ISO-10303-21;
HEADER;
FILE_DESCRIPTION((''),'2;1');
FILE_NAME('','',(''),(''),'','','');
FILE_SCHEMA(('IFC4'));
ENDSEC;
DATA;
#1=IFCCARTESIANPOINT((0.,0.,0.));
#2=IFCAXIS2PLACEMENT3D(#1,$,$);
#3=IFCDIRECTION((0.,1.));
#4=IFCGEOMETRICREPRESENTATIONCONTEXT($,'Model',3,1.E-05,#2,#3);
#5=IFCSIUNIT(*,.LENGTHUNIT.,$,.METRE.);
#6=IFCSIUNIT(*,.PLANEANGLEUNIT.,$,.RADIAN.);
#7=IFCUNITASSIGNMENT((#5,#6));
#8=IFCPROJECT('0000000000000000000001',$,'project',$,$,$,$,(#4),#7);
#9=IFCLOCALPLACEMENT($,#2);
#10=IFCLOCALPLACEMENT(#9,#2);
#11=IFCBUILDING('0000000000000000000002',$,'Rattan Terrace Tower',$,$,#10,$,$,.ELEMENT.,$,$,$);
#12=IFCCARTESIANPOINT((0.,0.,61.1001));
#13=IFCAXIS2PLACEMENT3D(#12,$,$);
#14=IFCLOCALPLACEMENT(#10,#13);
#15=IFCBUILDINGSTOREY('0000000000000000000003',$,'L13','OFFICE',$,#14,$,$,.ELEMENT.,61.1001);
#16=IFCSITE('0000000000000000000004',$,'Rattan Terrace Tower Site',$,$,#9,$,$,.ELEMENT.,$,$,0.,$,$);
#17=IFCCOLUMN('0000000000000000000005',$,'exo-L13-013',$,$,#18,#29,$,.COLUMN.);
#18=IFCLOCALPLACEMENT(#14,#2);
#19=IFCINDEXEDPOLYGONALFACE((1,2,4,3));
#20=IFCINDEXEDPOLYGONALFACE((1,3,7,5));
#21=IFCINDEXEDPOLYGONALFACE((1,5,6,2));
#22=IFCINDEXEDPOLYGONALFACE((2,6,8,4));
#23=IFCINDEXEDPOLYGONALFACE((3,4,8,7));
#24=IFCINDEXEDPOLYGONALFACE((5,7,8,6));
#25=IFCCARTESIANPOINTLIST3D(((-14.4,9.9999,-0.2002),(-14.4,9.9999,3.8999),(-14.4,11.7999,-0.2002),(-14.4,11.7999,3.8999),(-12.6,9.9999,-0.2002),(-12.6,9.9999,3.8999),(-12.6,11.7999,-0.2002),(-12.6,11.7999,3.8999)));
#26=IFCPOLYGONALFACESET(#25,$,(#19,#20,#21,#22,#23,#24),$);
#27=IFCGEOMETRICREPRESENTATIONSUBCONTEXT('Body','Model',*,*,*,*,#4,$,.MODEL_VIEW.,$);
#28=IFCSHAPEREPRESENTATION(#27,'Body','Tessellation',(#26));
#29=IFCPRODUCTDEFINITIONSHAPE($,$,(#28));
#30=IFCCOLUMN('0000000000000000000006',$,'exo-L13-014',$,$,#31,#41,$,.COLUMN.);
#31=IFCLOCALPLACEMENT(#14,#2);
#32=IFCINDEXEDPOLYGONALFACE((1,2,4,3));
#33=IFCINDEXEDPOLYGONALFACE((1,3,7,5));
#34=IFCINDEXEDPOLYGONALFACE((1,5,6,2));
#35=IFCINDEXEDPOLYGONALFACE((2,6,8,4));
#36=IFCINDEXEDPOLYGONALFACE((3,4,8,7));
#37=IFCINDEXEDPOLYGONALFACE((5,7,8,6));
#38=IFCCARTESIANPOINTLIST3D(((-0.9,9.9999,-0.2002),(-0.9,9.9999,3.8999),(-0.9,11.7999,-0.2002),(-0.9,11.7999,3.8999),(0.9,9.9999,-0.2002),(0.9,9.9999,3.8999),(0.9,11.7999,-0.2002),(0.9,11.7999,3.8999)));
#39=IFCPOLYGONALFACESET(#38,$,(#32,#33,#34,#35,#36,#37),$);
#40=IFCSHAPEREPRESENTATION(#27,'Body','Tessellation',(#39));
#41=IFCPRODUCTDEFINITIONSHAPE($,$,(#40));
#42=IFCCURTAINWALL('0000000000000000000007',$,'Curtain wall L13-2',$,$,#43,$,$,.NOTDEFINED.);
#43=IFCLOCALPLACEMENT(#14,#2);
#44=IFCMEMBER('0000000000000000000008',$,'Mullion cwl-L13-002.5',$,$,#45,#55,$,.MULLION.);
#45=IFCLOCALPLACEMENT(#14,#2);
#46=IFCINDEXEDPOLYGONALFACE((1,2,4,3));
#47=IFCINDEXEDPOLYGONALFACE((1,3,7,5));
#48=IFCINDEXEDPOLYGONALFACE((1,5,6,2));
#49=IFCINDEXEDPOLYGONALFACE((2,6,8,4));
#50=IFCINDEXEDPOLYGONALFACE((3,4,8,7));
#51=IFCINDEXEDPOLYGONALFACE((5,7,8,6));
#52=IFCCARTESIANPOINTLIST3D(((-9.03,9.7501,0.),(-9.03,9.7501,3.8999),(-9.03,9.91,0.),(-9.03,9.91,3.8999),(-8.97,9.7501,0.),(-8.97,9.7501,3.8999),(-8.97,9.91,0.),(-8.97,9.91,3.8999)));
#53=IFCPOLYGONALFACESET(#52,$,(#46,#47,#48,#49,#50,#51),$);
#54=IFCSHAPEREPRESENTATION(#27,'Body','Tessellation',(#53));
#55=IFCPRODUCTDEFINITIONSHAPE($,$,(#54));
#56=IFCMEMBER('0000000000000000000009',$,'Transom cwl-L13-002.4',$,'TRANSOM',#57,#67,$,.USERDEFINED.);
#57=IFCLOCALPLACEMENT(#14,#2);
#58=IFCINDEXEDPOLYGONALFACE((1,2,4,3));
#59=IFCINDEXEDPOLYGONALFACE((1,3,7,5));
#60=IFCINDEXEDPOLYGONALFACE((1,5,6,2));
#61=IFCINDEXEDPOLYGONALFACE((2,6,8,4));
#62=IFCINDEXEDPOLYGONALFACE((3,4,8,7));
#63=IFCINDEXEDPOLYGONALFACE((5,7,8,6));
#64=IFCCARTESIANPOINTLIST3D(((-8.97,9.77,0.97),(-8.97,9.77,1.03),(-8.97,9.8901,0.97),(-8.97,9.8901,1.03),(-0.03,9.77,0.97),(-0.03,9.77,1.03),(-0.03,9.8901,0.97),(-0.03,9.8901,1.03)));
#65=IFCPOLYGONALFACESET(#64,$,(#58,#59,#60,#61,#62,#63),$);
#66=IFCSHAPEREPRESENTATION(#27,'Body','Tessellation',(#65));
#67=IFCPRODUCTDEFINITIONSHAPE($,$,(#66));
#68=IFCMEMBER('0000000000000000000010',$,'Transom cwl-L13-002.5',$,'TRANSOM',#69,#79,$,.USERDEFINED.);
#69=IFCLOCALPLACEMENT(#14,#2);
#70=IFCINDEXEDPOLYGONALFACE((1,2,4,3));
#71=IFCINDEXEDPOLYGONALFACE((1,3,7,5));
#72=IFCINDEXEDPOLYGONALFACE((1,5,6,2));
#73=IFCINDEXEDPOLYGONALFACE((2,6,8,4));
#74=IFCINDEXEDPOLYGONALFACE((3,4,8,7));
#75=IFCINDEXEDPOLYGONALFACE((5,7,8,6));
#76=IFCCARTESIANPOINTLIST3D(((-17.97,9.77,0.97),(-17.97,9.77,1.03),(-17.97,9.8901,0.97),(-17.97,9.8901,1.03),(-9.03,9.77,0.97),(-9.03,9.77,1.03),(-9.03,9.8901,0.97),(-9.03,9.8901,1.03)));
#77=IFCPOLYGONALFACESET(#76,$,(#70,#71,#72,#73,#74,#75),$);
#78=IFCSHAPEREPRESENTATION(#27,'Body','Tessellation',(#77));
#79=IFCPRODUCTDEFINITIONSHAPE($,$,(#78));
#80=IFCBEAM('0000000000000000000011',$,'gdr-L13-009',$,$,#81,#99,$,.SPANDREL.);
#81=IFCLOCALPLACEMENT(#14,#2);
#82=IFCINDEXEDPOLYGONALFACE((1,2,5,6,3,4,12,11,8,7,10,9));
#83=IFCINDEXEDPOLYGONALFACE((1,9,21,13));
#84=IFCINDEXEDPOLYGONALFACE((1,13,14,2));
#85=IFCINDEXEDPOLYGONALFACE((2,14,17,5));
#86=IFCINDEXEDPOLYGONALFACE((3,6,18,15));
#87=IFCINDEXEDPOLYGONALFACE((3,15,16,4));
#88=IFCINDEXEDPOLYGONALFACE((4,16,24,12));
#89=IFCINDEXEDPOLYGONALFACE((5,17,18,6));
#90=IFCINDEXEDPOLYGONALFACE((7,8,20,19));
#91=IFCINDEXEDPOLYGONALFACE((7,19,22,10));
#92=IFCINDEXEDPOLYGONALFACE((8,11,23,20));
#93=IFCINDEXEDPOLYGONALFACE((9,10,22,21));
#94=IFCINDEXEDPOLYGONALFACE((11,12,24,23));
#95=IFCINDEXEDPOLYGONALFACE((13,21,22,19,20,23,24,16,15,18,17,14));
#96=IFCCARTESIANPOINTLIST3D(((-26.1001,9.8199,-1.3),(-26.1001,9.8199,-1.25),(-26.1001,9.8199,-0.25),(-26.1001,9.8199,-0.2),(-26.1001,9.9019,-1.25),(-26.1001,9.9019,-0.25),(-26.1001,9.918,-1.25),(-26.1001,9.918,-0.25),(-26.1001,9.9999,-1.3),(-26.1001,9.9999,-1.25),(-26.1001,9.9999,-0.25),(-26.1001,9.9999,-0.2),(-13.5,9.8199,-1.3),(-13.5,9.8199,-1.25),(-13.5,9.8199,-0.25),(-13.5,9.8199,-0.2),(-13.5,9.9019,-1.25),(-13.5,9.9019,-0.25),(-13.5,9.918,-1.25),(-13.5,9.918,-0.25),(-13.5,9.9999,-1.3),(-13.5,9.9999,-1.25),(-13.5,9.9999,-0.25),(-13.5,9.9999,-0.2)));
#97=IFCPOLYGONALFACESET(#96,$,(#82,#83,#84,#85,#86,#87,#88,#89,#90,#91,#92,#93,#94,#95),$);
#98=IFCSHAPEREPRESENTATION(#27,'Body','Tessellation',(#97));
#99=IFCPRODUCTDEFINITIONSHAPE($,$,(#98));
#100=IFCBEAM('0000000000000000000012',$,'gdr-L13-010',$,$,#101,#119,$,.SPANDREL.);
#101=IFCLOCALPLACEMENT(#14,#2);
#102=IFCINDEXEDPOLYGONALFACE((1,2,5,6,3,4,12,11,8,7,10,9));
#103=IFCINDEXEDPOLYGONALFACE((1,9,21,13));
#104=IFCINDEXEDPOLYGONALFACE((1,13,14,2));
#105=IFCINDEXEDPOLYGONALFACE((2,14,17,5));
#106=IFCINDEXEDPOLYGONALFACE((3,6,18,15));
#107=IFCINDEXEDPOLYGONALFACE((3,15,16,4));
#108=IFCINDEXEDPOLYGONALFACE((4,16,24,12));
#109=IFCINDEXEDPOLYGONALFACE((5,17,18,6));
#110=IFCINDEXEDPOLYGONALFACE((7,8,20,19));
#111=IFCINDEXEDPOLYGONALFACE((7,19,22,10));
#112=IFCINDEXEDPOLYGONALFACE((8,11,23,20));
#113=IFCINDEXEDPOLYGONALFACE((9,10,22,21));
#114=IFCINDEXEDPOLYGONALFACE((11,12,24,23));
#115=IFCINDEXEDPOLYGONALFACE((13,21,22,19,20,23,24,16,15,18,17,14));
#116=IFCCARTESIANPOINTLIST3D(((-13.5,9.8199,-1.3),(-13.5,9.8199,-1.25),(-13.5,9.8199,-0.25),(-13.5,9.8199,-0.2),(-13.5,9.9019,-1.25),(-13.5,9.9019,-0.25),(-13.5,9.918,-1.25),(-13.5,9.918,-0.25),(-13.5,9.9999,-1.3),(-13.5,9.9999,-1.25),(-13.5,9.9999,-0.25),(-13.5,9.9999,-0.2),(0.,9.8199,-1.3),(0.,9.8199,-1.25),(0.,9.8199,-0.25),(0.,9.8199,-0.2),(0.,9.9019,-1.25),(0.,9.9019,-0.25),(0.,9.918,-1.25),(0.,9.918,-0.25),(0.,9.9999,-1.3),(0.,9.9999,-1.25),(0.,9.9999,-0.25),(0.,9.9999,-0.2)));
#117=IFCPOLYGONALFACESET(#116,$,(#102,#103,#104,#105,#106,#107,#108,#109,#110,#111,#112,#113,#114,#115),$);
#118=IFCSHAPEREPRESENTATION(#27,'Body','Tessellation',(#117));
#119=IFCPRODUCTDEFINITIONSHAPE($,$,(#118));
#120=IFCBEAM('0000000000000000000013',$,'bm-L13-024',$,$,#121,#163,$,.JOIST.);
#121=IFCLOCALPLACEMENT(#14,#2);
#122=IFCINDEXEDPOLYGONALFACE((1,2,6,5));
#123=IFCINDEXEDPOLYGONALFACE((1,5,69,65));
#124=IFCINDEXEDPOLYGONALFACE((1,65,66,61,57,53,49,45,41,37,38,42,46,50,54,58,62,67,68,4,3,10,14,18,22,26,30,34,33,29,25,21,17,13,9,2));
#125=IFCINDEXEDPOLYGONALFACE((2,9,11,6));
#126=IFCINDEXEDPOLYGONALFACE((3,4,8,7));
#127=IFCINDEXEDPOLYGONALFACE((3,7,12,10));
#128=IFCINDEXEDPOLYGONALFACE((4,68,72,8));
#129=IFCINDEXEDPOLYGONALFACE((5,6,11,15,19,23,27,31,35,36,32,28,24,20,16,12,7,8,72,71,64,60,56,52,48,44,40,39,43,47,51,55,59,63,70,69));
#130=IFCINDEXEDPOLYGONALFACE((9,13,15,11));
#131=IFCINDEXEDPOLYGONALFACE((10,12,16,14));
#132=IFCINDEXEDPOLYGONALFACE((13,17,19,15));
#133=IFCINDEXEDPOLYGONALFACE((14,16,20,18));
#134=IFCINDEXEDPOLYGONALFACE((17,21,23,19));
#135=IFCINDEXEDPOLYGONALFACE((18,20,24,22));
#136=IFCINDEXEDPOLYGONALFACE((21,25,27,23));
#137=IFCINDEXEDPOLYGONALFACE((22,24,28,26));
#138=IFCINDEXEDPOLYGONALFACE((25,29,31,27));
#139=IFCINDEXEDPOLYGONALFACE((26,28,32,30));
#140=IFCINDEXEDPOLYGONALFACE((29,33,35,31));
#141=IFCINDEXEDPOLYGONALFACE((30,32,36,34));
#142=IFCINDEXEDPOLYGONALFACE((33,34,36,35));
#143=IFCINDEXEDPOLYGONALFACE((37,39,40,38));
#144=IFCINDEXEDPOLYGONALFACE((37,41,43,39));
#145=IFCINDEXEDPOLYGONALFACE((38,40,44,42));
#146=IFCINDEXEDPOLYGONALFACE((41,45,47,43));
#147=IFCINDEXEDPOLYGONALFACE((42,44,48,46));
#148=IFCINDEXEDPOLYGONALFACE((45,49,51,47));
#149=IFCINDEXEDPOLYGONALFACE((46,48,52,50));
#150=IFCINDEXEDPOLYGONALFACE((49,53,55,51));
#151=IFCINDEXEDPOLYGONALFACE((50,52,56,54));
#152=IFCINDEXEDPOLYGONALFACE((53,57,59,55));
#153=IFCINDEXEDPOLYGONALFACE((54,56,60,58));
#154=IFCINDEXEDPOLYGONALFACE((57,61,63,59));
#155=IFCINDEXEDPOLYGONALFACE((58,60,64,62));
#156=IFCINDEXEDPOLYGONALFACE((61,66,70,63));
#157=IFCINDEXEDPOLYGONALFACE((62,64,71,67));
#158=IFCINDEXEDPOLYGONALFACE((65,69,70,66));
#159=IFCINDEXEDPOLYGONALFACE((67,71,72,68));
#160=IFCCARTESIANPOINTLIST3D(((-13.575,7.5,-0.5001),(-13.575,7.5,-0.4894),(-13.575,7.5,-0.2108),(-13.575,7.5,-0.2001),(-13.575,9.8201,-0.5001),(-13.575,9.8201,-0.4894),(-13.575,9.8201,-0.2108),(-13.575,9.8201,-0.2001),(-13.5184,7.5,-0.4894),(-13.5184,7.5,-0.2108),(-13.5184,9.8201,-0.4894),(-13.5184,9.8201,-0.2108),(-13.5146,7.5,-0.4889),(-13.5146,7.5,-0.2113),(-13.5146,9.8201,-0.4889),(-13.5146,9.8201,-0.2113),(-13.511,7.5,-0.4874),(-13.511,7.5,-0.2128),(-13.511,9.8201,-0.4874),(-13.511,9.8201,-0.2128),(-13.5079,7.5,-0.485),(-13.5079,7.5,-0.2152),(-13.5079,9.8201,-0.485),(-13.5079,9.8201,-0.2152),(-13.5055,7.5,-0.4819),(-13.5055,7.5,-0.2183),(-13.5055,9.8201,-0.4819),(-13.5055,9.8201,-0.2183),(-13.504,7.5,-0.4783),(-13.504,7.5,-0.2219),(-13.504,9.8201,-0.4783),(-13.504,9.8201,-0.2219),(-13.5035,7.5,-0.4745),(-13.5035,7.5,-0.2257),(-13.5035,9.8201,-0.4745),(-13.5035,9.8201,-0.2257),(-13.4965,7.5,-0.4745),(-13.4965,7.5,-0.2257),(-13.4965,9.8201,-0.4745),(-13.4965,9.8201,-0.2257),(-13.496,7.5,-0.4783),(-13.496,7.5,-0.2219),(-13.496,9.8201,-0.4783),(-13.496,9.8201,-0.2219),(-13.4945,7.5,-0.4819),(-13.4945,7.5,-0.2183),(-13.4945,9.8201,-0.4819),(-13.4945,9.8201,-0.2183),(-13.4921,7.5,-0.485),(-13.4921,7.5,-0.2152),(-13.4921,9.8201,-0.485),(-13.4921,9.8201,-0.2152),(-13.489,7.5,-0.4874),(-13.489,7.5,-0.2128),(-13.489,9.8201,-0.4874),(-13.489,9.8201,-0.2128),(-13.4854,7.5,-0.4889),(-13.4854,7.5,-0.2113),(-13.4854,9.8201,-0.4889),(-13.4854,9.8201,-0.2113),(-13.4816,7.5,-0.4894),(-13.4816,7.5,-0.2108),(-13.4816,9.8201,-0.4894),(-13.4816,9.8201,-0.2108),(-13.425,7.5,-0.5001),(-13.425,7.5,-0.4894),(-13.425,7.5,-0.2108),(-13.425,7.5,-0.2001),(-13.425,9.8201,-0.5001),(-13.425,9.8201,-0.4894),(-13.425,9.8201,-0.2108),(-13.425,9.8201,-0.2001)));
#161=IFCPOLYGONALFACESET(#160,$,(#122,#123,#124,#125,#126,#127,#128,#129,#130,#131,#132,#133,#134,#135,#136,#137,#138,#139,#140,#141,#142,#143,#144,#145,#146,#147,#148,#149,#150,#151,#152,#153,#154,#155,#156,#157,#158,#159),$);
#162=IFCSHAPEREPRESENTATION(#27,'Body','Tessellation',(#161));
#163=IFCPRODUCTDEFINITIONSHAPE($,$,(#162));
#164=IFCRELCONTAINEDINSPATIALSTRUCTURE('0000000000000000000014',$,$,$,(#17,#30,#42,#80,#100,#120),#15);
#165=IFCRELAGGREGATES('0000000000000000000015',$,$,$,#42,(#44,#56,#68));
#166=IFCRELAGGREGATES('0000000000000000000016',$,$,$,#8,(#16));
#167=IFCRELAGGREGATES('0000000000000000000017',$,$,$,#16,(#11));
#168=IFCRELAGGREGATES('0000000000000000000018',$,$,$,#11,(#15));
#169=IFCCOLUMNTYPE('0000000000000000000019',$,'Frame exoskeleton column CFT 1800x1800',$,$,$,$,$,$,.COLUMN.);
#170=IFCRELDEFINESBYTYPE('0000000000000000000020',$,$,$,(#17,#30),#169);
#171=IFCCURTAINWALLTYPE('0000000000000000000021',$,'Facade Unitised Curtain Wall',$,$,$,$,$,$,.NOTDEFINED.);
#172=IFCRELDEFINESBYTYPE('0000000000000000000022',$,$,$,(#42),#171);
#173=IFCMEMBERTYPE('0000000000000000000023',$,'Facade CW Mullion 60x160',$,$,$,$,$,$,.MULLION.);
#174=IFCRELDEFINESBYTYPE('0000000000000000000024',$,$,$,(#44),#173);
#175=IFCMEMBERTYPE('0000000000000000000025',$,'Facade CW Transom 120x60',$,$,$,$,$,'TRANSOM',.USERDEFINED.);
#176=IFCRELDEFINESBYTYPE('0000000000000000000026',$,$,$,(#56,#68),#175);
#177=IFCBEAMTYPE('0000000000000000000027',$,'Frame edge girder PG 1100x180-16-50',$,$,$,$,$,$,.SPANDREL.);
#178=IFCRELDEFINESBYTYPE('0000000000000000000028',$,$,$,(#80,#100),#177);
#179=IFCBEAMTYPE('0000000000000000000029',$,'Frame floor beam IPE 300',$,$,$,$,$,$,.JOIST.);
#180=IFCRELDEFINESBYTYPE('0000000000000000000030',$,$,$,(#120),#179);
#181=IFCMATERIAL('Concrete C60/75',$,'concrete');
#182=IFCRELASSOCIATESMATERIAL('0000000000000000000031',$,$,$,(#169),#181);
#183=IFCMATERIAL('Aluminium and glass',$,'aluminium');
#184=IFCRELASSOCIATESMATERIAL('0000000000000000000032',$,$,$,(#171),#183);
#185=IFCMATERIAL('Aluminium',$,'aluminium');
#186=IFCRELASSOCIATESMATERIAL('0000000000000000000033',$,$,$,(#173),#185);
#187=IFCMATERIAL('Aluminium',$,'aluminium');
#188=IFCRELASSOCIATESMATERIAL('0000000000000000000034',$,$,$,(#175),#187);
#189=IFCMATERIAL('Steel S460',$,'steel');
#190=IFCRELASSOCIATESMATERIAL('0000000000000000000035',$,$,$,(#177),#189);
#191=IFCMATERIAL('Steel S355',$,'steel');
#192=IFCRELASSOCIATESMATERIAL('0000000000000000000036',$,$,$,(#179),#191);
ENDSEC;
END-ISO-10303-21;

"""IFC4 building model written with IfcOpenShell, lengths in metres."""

from ifc_helpers import new_model, si_unit, direction, frame, origin, origin_2d, place, context, subcontext, project, spatial, rectangle, i_section, extrude, material, material_profile, profile_set, type_object, element, aggregate, save


model = new_model("IFC4")

# Units and contexts
model_context = context("Model", 3, precision=1e-05, world=origin(), true_north=direction((0.0, 1.0)))
body_context = subcontext(model_context, "Body", "Model", "MODEL_VIEW")
ifc_project = project(units=[si_unit("LENGTHUNIT", "METRE"), si_unit("PLANEANGLEUNIT", "RADIAN")], contexts=[model_context])

# Site, building, storey
site_placement = place(None, origin())
site = spatial("IfcSite", under=ifc_project, at=site_placement, Name="Rattan Terrace Tower Site", CompositionType="ELEMENT", RefElevation=0.0)
building_placement = place(site_placement, origin())
building = spatial("IfcBuilding", under=site, at=building_placement, Name="Rattan Terrace Tower", CompositionType="ELEMENT")
storey_placement = place(building_placement, frame((0.0, 0.0, 61.1001)))
storey = spatial("IfcBuildingStorey", under=building, at=storey_placement, Name="L13", Description="OFFICE", CompositionType="ELEMENT", Elevation=61.1001)

# Columns
ifc_material_1 = material(Name="Concrete C60/75", Category="concrete")
ifc_material_profile_1 = material_profile(ifc_material_1, rectangle(XDim=1.8, YDim=1.8, at=origin_2d()), Name="CFT 1800x1800")
ifc_profile_set_1 = profile_set([ifc_material_profile_1], Name="Concrete C60/75")
column_type = type_object("IfcColumnType", Name="Frame exoskeleton column CFT 1800x1800", PredefinedType="COLUMN", material=ifc_profile_set_1)
for number, where, z_axis, x_axis, name in (
    (1, (-13.5, 10.8999, -0.2002), (0.0, 0.0, 1.0), (1.0, 0.0, 0.0), "exo-L13-013"),
    (2, (0.0, 10.8999, -0.2002), (0.0, 0.0, 1.0), (1.0, 0.0, 0.0), "exo-L13-014"),
):
    element("IfcColumn", number, at=place(storey_placement, frame(where, z_axis=z_axis, x_axis=x_axis)), inside=storey, type_object=column_type, Name=name, PredefinedType="COLUMN", context=body_context, shape_type="SweptSolid", body=[
        extrude(rectangle(XDim=1.8, YDim=1.8, at=origin_2d()), origin(), (0.0, 0.0, 1.0), 4.1001),
    ])

# Curtain wall, members
ifc_material_2 = material(Name="Aluminium and glass", Category="aluminium")
curtain_wall_type = type_object("IfcCurtainWallType", Name="Facade Unitised Curtain Wall", PredefinedType="NOTDEFINED", material=ifc_material_2)
curtain_wall_placement = place(storey_placement, origin())
curtain_wall = element("IfcCurtainWall", 3, at=curtain_wall_placement, inside=storey, type_object=curtain_wall_type, Name="Curtain wall L13-2", PredefinedType="NOTDEFINED")
ifc_material_3 = material(Name="Aluminium", Category="aluminium")
ifc_material_profile_2 = material_profile(ifc_material_3, rectangle(XDim=0.0601, YDim=0.1599, at=origin_2d()), Name="Aluminium 60x160")
ifc_profile_set_2 = profile_set([ifc_material_profile_2], Name="Aluminium")
member_type_1 = type_object("IfcMemberType", Name="Facade CW Mullion 60x160", PredefinedType="MULLION", material=ifc_profile_set_2)
member_1_placement = place(storey_placement, frame((-9.0, 9.8301, 0.0), z_axis=(0.0, 0.0, 1.0), x_axis=(-1.0, 0.0, 0.0)))
member_1 = element("IfcMember", 4, at=member_1_placement, type_object=member_type_1, Name="Mullion cwl-L13-002.5", PredefinedType="MULLION", context=body_context, shape_type="SweptSolid", body=[
    extrude(rectangle(XDim=0.0601, YDim=0.1599, at=origin_2d()), origin(), (0.0, 0.0, 1.0), 3.8999),
])
ifc_material_4 = material(Name="Aluminium", Category="aluminium")
ifc_material_profile_3 = material_profile(ifc_material_4, rectangle(XDim=0.1201, YDim=0.0601, at=origin_2d()), Name="Aluminium 120x60")
ifc_profile_set_3 = profile_set([ifc_material_profile_3], Name="Aluminium")
member_type_2 = type_object("IfcMemberType", Name="Facade CW Transom 120x60", ElementType="TRANSOM", PredefinedType="USERDEFINED", material=ifc_profile_set_3)
member_2_placement = place(storey_placement, frame((-0.03, 9.8301, 1.0), z_axis=(-1.0, 0.0, 0.0), x_axis=(0.0, -1.0, 0.0)))
member_2 = element("IfcMember", 5, at=member_2_placement, type_object=member_type_2, Name="Transom cwl-L13-002.4", ObjectType="TRANSOM", PredefinedType="USERDEFINED", context=body_context, shape_type="SweptSolid", body=[
    extrude(rectangle(XDim=0.1201, YDim=0.0601, at=origin_2d()), origin(), (0.0, 0.0, 1.0), 8.9399),
])
member_3_placement = place(storey_placement, frame((-9.03, 9.8301, 1.0), z_axis=(-1.0, 0.0, 0.0), x_axis=(0.0, -1.0, 0.0)))
member_3 = element("IfcMember", 6, at=member_3_placement, type_object=member_type_2, Name="Transom cwl-L13-002.5", ObjectType="TRANSOM", PredefinedType="USERDEFINED", context=body_context, shape_type="SweptSolid", body=[
    extrude(rectangle(XDim=0.1201, YDim=0.0601, at=origin_2d()), origin(), (0.0, 0.0, 1.0), 8.9399),
])

# Beams
ifc_material_5 = material(Name="Steel S460", Category="steel")
ifc_material_profile_4 = material_profile(ifc_material_5, i_section(OverallWidth=0.1799, OverallDepth=1.1001, WebThickness=0.0161, FlangeThickness=0.05, at=origin_2d()), Name="PG 1100x180-16-50")
ifc_profile_set_4 = profile_set([ifc_material_profile_4], Name="Steel S460")
beam_type_1 = type_object("IfcBeamType", Name="Frame edge girder PG 1100x180-16-50", PredefinedType="SPANDREL", material=ifc_profile_set_4)
beam_1_placement = place(storey_placement, frame((-13.5, 9.9099, -0.75), z_axis=(-1.0, 0.0, 0.0), x_axis=(0.0, -1.0, 0.0)))
element("IfcBeam", 7, at=beam_1_placement, inside=storey, type_object=beam_type_1, Name="gdr-L13-009", PredefinedType="SPANDREL", context=body_context, shape_type="SweptSolid", body=[
    extrude(i_section(OverallWidth=0.1799, OverallDepth=1.1001, WebThickness=0.0161, FlangeThickness=0.05, at=origin_2d()), origin(), (0.0, 0.0, 1.0), 12.6001),
])
beam_2_placement = place(storey_placement, frame((0.0, 9.9099, -0.75), z_axis=(-1.0, 0.0, 0.0), x_axis=(0.0, -1.0, 0.0)))
element("IfcBeam", 8, at=beam_2_placement, inside=storey, type_object=beam_type_1, Name="gdr-L13-010", PredefinedType="SPANDREL", context=body_context, shape_type="SweptSolid", body=[
    extrude(i_section(OverallWidth=0.1799, OverallDepth=1.1001, WebThickness=0.0161, FlangeThickness=0.05, at=origin_2d()), origin(), (0.0, 0.0, 1.0), 13.5),
])
ifc_material_6 = material(Name="Steel S355", Category="steel")
ifc_material_profile_5 = material_profile(ifc_material_6, i_section(OverallWidth=0.1499, OverallDepth=0.3, WebThickness=0.0071, FlangeThickness=0.0107, FilletRadius=0.0149, at=origin_2d()), Name="IPE 300")
ifc_profile_set_5 = profile_set([ifc_material_profile_5], Name="Steel S355")
beam_type_2 = type_object("IfcBeamType", Name="Frame floor beam IPE 300", PredefinedType="JOIST", material=ifc_profile_set_5)
for number, where, z_axis, x_axis, name in (
    (9, (-13.5, 7.5, -0.3501), (0.0, 1.0, 0.0), (-1.0, 0.0, 0.0), "bm-L13-024"),
):
    element("IfcBeam", number, at=place(storey_placement, frame(where, z_axis=z_axis, x_axis=x_axis)), inside=storey, type_object=beam_type_2, Name=name, PredefinedType="JOIST", context=body_context, shape_type="SweptSolid", body=[
        extrude(i_section(OverallWidth=0.1499, OverallDepth=0.3, WebThickness=0.0071, FlangeThickness=0.0107, FilletRadius=0.0149, at=origin_2d()), origin(), (0.0, 0.0, 1.0), 2.3201),
    ])

aggregate(curtain_wall, [member_1, member_2, member_3])

save(model, "model.ifc")
